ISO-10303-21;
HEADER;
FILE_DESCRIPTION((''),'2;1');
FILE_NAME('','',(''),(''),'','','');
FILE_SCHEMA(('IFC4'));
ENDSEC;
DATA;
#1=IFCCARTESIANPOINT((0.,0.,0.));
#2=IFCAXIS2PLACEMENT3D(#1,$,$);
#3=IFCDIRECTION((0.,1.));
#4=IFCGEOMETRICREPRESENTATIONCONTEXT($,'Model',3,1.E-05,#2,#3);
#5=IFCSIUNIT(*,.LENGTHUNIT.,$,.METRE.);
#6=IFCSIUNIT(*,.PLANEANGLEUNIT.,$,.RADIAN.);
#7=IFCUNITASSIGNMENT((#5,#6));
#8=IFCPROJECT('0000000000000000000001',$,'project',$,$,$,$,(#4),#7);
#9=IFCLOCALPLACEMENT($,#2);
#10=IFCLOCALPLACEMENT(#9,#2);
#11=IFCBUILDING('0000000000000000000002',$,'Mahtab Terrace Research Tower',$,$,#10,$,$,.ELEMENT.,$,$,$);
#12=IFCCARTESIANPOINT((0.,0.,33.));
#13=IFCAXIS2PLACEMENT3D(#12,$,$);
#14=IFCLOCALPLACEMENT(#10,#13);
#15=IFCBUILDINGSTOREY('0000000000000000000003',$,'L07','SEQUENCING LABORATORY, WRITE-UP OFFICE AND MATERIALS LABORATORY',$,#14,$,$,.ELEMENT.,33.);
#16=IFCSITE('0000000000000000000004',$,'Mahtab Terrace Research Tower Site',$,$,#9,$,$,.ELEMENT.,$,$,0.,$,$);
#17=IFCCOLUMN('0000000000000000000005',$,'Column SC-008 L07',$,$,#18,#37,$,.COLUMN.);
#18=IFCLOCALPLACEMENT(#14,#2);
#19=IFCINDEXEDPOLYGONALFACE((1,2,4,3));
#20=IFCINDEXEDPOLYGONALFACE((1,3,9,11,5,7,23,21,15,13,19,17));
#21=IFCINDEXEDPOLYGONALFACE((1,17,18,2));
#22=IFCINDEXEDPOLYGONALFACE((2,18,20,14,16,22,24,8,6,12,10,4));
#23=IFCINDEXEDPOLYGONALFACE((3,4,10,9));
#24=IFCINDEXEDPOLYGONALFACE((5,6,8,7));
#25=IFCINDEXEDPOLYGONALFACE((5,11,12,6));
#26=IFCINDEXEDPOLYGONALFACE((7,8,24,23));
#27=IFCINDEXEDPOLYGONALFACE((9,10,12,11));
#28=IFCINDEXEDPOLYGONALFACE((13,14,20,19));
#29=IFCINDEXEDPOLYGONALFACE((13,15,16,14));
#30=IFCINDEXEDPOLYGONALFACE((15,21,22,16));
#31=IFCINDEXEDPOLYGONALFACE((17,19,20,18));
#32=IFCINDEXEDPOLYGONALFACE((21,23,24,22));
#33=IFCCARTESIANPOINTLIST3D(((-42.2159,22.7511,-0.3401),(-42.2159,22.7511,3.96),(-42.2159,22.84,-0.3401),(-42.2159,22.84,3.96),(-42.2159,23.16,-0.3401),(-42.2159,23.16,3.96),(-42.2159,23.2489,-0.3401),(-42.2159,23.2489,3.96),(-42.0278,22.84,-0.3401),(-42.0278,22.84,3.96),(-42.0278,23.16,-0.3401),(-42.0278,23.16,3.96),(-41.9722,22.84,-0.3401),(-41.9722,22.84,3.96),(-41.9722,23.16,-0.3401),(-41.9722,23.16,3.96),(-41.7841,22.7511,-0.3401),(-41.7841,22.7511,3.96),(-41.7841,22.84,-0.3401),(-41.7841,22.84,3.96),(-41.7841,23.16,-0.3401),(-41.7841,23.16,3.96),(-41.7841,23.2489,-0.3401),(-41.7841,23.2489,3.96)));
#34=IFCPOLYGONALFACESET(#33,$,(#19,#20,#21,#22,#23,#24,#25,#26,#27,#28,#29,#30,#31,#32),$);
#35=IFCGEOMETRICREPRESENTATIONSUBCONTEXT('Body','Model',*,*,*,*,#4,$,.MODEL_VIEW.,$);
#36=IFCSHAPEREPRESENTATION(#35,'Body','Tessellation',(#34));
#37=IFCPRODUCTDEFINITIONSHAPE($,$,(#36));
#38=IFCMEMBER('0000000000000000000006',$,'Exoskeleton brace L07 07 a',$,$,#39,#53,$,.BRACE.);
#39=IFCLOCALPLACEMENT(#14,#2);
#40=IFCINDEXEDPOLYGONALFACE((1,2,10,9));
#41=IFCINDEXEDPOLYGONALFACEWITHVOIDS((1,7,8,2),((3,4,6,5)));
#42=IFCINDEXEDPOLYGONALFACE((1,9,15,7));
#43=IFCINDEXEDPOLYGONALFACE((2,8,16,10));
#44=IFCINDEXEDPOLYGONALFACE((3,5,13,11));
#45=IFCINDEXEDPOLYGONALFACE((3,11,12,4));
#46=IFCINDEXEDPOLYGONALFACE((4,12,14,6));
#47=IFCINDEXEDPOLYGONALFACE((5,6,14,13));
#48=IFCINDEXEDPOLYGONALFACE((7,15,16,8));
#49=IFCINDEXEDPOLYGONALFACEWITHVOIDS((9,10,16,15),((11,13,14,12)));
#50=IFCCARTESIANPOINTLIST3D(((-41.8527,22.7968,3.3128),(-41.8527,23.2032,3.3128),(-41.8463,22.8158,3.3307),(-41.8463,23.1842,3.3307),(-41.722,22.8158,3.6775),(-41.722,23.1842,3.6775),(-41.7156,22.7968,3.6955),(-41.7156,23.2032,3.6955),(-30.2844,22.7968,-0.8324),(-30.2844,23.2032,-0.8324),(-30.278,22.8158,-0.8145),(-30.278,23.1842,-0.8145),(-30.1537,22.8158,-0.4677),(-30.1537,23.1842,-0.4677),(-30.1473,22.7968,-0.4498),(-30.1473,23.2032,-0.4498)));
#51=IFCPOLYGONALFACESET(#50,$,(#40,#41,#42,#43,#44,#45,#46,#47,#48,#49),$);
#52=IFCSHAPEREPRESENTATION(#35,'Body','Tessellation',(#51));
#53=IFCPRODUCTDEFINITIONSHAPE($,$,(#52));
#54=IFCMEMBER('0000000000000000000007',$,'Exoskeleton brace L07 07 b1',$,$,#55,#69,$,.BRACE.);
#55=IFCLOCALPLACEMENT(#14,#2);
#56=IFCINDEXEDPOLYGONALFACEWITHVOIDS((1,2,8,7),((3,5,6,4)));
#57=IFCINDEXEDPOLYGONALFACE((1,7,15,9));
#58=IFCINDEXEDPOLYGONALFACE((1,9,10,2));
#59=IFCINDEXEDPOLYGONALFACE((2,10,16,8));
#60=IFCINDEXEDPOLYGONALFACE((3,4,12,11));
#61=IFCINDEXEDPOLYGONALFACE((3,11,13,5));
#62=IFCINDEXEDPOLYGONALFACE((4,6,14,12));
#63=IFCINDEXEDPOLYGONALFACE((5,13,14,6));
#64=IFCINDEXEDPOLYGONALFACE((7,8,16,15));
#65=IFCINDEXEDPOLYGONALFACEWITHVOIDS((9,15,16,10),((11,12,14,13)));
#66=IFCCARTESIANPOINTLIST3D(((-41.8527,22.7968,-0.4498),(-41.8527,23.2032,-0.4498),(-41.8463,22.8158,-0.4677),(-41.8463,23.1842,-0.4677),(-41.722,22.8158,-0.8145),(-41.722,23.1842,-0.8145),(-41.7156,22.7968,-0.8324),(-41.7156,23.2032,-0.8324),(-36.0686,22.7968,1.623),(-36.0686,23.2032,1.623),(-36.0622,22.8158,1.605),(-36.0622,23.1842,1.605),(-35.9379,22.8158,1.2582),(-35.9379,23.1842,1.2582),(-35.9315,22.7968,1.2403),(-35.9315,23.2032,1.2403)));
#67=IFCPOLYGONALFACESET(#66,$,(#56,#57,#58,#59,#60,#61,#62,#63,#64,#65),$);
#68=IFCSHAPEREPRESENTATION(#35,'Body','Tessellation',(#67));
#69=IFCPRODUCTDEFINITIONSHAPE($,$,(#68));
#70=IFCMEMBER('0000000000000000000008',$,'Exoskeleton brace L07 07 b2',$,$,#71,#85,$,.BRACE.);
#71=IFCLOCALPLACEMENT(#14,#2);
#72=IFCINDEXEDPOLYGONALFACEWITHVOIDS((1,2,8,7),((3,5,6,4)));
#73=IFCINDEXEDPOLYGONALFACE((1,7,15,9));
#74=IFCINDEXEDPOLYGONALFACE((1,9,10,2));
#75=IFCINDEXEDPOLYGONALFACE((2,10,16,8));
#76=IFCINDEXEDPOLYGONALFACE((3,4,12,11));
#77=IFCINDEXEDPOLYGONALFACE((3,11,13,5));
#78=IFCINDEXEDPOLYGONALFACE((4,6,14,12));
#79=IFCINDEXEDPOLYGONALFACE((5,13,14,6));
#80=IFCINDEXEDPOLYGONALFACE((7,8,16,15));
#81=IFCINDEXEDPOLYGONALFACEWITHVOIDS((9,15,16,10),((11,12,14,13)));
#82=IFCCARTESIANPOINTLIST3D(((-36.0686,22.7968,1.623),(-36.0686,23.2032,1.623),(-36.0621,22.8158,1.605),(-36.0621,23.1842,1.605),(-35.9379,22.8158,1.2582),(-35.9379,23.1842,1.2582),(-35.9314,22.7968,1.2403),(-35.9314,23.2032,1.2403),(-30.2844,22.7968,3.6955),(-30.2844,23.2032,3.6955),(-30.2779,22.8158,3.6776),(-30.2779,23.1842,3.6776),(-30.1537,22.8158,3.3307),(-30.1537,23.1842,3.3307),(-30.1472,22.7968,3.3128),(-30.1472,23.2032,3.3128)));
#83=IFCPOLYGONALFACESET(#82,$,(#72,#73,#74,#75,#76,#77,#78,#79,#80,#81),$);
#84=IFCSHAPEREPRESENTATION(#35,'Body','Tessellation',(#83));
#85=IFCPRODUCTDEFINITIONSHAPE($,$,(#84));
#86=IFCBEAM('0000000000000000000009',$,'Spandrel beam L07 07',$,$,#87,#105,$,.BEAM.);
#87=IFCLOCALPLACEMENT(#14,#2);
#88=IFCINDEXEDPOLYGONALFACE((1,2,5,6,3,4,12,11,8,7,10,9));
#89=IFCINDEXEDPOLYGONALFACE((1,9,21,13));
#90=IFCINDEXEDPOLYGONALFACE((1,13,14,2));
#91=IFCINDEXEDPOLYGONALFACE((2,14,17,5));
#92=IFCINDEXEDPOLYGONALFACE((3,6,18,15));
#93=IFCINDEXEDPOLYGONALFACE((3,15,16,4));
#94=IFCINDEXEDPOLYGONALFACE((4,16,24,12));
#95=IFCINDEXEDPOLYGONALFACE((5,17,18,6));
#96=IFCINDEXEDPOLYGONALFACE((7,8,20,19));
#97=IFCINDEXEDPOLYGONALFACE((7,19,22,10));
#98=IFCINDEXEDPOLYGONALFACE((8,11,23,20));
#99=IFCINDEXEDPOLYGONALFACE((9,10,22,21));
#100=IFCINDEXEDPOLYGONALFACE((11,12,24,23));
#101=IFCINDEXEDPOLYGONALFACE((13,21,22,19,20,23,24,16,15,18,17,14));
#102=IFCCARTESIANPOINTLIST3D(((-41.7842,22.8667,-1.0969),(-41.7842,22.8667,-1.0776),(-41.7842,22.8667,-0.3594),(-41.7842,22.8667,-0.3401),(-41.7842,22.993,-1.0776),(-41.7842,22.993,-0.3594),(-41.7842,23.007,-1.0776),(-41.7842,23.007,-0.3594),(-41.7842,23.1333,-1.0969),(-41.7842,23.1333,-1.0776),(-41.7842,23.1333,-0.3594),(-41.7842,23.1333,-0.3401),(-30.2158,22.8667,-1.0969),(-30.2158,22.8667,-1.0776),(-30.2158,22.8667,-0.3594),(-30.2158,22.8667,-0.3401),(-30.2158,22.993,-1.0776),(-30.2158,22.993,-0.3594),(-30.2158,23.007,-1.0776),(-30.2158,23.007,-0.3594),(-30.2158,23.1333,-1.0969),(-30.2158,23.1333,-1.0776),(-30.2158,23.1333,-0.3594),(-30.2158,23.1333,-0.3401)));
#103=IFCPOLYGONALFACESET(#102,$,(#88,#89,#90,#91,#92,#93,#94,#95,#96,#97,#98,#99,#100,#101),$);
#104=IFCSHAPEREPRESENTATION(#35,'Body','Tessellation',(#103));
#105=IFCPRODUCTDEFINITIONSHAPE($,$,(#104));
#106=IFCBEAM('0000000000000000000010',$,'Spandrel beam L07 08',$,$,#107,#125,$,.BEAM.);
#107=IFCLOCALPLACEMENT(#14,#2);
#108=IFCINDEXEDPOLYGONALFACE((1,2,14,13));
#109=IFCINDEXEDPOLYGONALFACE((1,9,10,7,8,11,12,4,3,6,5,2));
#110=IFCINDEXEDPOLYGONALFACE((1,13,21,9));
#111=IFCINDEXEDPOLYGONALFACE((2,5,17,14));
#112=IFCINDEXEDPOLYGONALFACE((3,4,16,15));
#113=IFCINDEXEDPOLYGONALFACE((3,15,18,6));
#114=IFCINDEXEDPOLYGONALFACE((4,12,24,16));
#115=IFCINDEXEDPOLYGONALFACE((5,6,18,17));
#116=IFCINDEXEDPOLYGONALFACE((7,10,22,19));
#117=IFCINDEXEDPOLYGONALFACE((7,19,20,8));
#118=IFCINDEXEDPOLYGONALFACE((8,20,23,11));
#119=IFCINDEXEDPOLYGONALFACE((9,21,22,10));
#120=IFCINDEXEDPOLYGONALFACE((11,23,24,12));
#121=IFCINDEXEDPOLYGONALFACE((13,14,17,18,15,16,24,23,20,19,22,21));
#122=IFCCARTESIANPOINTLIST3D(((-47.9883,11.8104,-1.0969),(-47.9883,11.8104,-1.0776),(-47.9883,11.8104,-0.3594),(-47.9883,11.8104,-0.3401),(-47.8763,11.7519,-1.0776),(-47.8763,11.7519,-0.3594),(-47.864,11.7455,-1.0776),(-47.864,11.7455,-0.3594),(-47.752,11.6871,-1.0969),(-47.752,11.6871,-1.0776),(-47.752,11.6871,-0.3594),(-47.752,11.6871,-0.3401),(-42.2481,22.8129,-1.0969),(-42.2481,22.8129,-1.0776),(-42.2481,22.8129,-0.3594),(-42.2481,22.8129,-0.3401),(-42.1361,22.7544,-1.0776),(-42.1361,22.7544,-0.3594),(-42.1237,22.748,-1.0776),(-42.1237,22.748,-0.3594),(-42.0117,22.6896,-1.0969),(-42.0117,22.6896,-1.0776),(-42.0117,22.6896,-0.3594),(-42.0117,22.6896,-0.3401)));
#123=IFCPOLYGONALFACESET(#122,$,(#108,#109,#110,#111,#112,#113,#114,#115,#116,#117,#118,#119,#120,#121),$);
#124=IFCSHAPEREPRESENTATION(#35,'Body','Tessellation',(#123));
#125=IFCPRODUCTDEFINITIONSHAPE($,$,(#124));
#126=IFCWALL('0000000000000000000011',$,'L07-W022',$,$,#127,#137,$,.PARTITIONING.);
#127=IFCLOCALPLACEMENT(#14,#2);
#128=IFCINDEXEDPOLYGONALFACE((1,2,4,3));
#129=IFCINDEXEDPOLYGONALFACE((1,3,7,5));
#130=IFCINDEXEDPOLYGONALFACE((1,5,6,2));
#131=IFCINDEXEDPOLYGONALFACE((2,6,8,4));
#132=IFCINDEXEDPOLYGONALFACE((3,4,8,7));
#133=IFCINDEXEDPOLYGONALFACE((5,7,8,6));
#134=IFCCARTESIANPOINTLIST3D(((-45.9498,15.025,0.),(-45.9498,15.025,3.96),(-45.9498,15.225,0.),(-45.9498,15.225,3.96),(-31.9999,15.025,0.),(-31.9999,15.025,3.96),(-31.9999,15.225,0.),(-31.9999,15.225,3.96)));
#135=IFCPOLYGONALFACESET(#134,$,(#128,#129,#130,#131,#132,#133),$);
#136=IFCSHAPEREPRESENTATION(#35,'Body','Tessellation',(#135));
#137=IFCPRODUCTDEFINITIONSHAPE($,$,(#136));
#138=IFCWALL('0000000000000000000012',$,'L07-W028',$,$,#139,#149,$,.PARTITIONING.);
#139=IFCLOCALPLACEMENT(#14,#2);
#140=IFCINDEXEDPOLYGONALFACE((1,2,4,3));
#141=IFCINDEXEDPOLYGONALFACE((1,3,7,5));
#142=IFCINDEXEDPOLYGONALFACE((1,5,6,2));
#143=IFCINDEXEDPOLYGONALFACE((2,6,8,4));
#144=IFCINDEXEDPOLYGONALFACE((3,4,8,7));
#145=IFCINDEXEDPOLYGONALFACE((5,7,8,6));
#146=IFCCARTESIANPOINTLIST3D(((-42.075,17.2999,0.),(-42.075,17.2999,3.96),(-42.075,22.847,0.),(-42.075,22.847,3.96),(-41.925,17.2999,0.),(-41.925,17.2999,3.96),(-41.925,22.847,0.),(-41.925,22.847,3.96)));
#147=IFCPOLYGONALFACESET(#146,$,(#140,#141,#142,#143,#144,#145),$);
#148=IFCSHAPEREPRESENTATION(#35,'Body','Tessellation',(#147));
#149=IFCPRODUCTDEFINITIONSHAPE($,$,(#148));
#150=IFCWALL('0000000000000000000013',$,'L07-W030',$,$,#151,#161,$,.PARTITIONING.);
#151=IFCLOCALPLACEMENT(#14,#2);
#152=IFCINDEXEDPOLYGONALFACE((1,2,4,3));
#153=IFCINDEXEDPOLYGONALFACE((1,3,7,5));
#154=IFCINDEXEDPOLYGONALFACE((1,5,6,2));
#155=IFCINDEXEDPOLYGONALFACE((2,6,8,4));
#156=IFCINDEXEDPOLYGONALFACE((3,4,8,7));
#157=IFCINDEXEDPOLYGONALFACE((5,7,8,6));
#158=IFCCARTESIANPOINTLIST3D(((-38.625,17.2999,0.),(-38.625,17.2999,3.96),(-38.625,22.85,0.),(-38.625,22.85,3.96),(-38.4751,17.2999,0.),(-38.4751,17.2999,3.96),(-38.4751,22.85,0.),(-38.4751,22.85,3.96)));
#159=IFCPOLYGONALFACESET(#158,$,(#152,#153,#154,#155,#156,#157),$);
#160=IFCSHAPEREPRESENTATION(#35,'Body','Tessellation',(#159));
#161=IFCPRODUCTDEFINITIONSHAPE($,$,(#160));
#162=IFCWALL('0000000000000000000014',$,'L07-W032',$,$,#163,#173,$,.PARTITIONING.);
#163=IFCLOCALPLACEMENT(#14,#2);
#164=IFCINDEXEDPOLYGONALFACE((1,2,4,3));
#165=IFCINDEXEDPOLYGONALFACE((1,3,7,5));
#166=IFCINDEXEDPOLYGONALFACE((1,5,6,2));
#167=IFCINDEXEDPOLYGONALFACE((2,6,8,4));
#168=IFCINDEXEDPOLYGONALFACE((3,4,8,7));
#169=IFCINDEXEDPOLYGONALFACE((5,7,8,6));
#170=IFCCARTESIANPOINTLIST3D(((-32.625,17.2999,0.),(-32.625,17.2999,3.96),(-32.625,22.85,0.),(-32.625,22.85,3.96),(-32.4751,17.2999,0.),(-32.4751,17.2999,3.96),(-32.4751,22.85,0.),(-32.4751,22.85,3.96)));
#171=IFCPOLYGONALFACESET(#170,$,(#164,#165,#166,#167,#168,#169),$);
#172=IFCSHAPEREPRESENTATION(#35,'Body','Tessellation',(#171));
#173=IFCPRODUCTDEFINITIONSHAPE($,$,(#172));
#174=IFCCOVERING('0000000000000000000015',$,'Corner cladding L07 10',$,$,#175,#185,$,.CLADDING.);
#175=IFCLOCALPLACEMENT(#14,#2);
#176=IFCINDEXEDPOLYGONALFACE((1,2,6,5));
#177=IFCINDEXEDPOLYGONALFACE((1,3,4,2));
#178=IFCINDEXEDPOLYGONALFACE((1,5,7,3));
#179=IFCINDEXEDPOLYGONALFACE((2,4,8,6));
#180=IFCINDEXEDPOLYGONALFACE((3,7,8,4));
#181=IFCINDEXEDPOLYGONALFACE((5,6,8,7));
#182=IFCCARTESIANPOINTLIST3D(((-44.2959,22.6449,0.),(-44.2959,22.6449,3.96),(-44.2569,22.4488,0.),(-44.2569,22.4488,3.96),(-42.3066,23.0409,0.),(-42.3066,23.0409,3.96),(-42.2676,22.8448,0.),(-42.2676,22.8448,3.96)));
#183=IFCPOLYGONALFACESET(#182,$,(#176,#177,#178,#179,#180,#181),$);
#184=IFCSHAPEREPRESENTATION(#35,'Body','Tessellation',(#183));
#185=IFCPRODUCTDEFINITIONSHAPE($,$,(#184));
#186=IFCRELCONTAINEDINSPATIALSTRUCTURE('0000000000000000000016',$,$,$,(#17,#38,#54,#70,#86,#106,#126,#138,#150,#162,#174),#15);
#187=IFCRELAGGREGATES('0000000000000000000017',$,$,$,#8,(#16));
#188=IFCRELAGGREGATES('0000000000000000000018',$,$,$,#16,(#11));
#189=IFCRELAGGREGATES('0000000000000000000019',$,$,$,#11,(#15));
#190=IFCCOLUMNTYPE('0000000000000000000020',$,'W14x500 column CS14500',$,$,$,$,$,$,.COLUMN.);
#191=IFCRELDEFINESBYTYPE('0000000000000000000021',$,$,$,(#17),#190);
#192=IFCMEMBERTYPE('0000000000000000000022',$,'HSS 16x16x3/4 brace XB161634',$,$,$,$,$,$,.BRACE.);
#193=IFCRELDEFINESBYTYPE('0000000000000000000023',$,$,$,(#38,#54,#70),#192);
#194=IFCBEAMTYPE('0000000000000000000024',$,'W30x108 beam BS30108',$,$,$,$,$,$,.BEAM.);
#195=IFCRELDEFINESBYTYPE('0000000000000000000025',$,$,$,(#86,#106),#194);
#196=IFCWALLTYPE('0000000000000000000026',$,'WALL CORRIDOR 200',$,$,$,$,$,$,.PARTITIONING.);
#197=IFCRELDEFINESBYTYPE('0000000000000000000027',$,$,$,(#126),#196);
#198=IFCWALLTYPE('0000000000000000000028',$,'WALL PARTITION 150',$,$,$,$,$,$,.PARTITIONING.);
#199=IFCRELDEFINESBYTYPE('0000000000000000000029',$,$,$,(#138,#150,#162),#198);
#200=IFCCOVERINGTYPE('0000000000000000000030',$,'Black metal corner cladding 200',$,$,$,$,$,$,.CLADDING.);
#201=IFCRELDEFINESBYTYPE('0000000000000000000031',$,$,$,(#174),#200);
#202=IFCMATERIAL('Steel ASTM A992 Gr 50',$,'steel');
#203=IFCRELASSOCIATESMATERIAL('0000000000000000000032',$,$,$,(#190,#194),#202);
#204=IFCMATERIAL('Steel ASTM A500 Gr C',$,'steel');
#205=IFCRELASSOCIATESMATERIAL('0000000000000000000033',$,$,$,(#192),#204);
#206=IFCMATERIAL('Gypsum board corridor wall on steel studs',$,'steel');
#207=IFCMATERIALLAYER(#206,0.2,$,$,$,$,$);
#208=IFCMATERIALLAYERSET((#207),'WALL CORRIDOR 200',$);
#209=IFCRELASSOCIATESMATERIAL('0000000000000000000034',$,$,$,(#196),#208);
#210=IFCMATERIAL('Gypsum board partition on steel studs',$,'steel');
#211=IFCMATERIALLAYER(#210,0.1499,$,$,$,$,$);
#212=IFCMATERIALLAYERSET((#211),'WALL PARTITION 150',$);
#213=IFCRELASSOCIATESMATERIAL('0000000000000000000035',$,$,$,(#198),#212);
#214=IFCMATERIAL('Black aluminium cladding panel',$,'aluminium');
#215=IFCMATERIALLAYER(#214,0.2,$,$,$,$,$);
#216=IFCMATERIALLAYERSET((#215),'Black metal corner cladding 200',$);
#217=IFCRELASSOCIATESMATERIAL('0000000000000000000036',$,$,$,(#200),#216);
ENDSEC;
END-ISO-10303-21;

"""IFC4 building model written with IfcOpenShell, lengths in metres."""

from ifc_helpers import new_model, si_unit, direction, frame, frame_2d, origin, origin_2d, place, context, subcontext, project, spatial, rectangle, hollow_rectangle, i_section, extrude, material, layer, layer_set, material_profile, profile_set, type_object, element, save


model = new_model("IFC4")

# Units and contexts
model_context = context("Model", 3, precision=1e-05, world=origin(), true_north=direction((0.0, 1.0)))
body_context = subcontext(model_context, "Body", "Model", "MODEL_VIEW")
ifc_project = project(units=[si_unit("LENGTHUNIT", "METRE"), si_unit("PLANEANGLEUNIT", "RADIAN")], contexts=[model_context])

# Site, building, storey
site_placement = place(None, origin())
site = spatial("IfcSite", under=ifc_project, at=site_placement, Name="Mahtab Terrace Research Tower Site", CompositionType="ELEMENT", RefElevation=0.0)
building_placement = place(site_placement, origin())
building = spatial("IfcBuilding", under=site, at=building_placement, Name="Mahtab Terrace Research Tower", CompositionType="ELEMENT")
storey_placement = place(building_placement, frame((0.0, 0.0, 33.0)))
storey = spatial("IfcBuildingStorey", under=building, at=storey_placement, Name="L07", Description="SEQUENCING LABORATORY, WRITE-UP OFFICE AND MATERIALS LABORATORY", CompositionType="ELEMENT", Elevation=33.0)

# Column
ifc_material_1 = material(Name="Steel ASTM A992 Gr 50", Category="steel")
ifc_material_profile_1 = material_profile(ifc_material_1, i_section(OverallWidth=0.4319, OverallDepth=0.4978, WebThickness=0.0557, FlangeThickness=0.0889, at=origin_2d()), Name="W14X500")
ifc_profile_set_1 = profile_set([ifc_material_profile_1], Name="Steel ASTM A992 Gr 50")
column_type = type_object("IfcColumnType", Name="W14x500 column CS14500", PredefinedType="COLUMN", material=ifc_profile_set_1)
column_placement = place(storey_placement, frame((-42.0, 23.0, -0.3401), z_axis=(0.0, 0.0, 1.0), x_axis=(1.0, 0.0, 0.0)))
element("IfcColumn", 1, at=column_placement, inside=storey, type_object=column_type, Name="Column SC-008 L07", PredefinedType="COLUMN", context=body_context, shape_type="SweptSolid", body=[
    extrude(i_section(OverallWidth=0.4319, OverallDepth=0.4978, WebThickness=0.0557, FlangeThickness=0.0889, at=origin_2d()), origin(), (0.0, 0.0, 1.0), 4.3),
])

# Members
ifc_material_2 = material(Name="Steel ASTM A500 Gr C", Category="steel")
ifc_material_profile_2 = material_profile(ifc_material_2, hollow_rectangle(XDim=0.4065, YDim=0.4065, WallThickness=0.019, at=origin_2d()), Name="HSS16X16X3/4")
ifc_profile_set_2 = profile_set([ifc_material_profile_2], Name="Steel ASTM A500 Gr C")
member_type = type_object("IfcMemberType", Name="HSS 16x16x3/4 brace XB161634", PredefinedType="BRACE", material=ifc_profile_set_2)
member_placement = place(storey_placement, frame((-30.2158, 23.0, -0.6411), z_axis=(-0.941388, 0.0, 0.337325), x_axis=(0.0, -1.0, 0.0)))
element("IfcMember", 2, at=member_placement, inside=storey, type_object=member_type, Name="Exoskeleton brace L07 07 a", PredefinedType="BRACE", context=body_context, shape_type="SweptSolid", body=[
    extrude(hollow_rectangle(XDim=0.4065, YDim=0.4065, WallThickness=0.019, at=origin_2d()), origin(), (0.0, 0.0, 1.0), 12.2886),
])
for number, where, z_axis, x_axis, name in (
    (3, (-41.7842, 23.0, -0.6411), (0.941382, 0.0, 0.337343), (0.0, 1.0, 0.0), "Exoskeleton brace L07 07 b1"),
    (4, (-36.0, 23.0, 1.4316), (0.941394, 0.0, 0.337308), (0.0, 1.0, 0.0), "Exoskeleton brace L07 07 b2"),
):
    element("IfcMember", number, at=place(storey_placement, frame(where, z_axis=z_axis, x_axis=x_axis)), inside=storey, type_object=member_type, Name=name, PredefinedType="BRACE", context=body_context, shape_type="SweptSolid", body=[
        extrude(hollow_rectangle(XDim=0.4065, YDim=0.4065, WallThickness=0.019, at=origin_2d()), origin(), (0.0, 0.0, 1.0), 6.1443),
    ])

# Beams
ifc_material_profile_3 = material_profile(ifc_material_1, i_section(OverallWidth=0.2666, OverallDepth=0.7568, WebThickness=0.0139, FlangeThickness=0.0193, at=origin_2d()), Name="W30X108")
ifc_profile_set_3 = profile_set([ifc_material_profile_3], Name="Steel ASTM A992 Gr 50")
beam_type = type_object("IfcBeamType", Name="W30x108 beam BS30108", PredefinedType="BEAM", material=ifc_profile_set_3)
beam_1_placement = place(storey_placement, frame((-30.2158, 23.0, -0.7185), z_axis=(-1.0, 0.0, 0.0), x_axis=(0.0, -1.0, 0.0)))
element("IfcBeam", 5, at=beam_1_placement, inside=storey, type_object=beam_type, Name="Spandrel beam L07 07", PredefinedType="BEAM", context=body_context, shape_type="SweptSolid", body=[
    extrude(i_section(OverallWidth=0.2666, OverallDepth=0.7568, WebThickness=0.0139, FlangeThickness=0.0193, at=origin_2d()), origin(), (0.0, 0.0, 1.0), 11.5684),
])
beam_2_placement = place(storey_placement, frame((-42.1299, 22.7512, -0.7185), z_axis=(-0.462555, -0.88659, 0.0), x_axis=(0.88659, -0.462555, 0.0)))
element("IfcBeam", 6, at=beam_2_placement, inside=storey, type_object=beam_type, Name="Spandrel beam L07 08", PredefinedType="BEAM", context=body_context, shape_type="SweptSolid", body=[
    extrude(i_section(OverallWidth=0.2666, OverallDepth=0.7568, WebThickness=0.0139, FlangeThickness=0.0193, at=origin_2d()), origin(), (0.0, 0.0, 1.0), 12.4099),
])

# Walls
ifc_material_3 = material(Name="Gypsum board corridor wall on steel studs", Category="steel")
ifc_layer_1 = layer(ifc_material_3, 0.2)
ifc_layer_set_1 = layer_set([ifc_layer_1], Name="WALL CORRIDOR 200")
wall_type_1 = type_object("IfcWallType", Name="WALL CORRIDOR 200", PredefinedType="PARTITIONING", material=ifc_layer_set_1)
wall_1_placement = place(storey_placement, frame((-45.95, 15.125, 0.0), z_axis=(0.0, 0.0, 1.0), x_axis=(1.0, 0.0, 0.0)))
element("IfcWall", 7, at=wall_1_placement, inside=storey, type_object=wall_type_1, Name="L07-W022", PredefinedType="PARTITIONING", context=body_context, shape_type="SweptSolid", body=[
    extrude(rectangle(XDim=13.95, YDim=0.2, at=frame_2d((6.9751, 0.0))), origin(), (0.0, 0.0, 1.0), 3.96),
])
ifc_material_4 = material(Name="Gypsum board partition on steel studs", Category="steel")
ifc_layer_2 = layer(ifc_material_4, 0.1499)
ifc_layer_set_2 = layer_set([ifc_layer_2], Name="WALL PARTITION 150")
wall_type_2 = type_object("IfcWallType", Name="WALL PARTITION 150", PredefinedType="PARTITIONING", material=ifc_layer_set_2)
wall_2_placement = place(storey_placement, frame((-42.0, 17.3, 0.0), z_axis=(0.0, 0.0, 1.0), x_axis=(0.0, 1.0, 0.0)))
element("IfcWall", 8, at=wall_2_placement, inside=storey, type_object=wall_type_2, Name="L07-W028", PredefinedType="PARTITIONING", context=body_context, shape_type="SweptSolid", body=[
    extrude(rectangle(XDim=5.5471, YDim=0.1499, at=frame_2d((2.7734, 0.0))), origin(), (0.0, 0.0, 1.0), 3.96),
])
for number, where, z_axis, x_axis, name in (
    (9, (-38.55, 17.3, 0.0), (0.0, 0.0, 1.0), (0.0, 1.0, 0.0), "L07-W030"),
    (10, (-32.55, 17.3, 0.0), (0.0, 0.0, 1.0), (0.0, 1.0, 0.0), "L07-W032"),
):
    element("IfcWall", number, at=place(storey_placement, frame(where, z_axis=z_axis, x_axis=x_axis)), inside=storey, type_object=wall_type_2, Name=name, PredefinedType="PARTITIONING", context=body_context, shape_type="SweptSolid", body=[
        extrude(rectangle(XDim=5.55, YDim=0.1499, at=frame_2d((2.7749, 0.0))), origin(), (0.0, 0.0, 1.0), 3.96),
    ])

# Covering
ifc_material_5 = material(Name="Black aluminium cladding panel", Category="aluminium")
ifc_layer_3 = layer(ifc_material_5, 0.2)
ifc_layer_set_3 = layer_set([ifc_layer_3], Name="Black metal corner cladding 200")
covering_type = type_object("IfcCoveringType", Name="Black metal corner cladding 200", PredefinedType="CLADDING", material=ifc_layer_set_3)
covering_placement = place(storey_placement, frame((-43.2817, 22.7449, 0.0), z_axis=(0.0, 0.0, 1.0), x_axis=(-0.980761, -0.195212, 0.0)))
element("IfcCovering", 11, at=covering_placement, inside=storey, type_object=covering_type, Name="Corner cladding L07 10", PredefinedType="CLADDING", context=body_context, shape_type="SweptSolid", body=[
    extrude(rectangle(XDim=2.0283, YDim=0.2, at=origin_2d()), origin(), (0.0, 0.0, 1.0), 3.96),
])

save(model, "model.ifc")
